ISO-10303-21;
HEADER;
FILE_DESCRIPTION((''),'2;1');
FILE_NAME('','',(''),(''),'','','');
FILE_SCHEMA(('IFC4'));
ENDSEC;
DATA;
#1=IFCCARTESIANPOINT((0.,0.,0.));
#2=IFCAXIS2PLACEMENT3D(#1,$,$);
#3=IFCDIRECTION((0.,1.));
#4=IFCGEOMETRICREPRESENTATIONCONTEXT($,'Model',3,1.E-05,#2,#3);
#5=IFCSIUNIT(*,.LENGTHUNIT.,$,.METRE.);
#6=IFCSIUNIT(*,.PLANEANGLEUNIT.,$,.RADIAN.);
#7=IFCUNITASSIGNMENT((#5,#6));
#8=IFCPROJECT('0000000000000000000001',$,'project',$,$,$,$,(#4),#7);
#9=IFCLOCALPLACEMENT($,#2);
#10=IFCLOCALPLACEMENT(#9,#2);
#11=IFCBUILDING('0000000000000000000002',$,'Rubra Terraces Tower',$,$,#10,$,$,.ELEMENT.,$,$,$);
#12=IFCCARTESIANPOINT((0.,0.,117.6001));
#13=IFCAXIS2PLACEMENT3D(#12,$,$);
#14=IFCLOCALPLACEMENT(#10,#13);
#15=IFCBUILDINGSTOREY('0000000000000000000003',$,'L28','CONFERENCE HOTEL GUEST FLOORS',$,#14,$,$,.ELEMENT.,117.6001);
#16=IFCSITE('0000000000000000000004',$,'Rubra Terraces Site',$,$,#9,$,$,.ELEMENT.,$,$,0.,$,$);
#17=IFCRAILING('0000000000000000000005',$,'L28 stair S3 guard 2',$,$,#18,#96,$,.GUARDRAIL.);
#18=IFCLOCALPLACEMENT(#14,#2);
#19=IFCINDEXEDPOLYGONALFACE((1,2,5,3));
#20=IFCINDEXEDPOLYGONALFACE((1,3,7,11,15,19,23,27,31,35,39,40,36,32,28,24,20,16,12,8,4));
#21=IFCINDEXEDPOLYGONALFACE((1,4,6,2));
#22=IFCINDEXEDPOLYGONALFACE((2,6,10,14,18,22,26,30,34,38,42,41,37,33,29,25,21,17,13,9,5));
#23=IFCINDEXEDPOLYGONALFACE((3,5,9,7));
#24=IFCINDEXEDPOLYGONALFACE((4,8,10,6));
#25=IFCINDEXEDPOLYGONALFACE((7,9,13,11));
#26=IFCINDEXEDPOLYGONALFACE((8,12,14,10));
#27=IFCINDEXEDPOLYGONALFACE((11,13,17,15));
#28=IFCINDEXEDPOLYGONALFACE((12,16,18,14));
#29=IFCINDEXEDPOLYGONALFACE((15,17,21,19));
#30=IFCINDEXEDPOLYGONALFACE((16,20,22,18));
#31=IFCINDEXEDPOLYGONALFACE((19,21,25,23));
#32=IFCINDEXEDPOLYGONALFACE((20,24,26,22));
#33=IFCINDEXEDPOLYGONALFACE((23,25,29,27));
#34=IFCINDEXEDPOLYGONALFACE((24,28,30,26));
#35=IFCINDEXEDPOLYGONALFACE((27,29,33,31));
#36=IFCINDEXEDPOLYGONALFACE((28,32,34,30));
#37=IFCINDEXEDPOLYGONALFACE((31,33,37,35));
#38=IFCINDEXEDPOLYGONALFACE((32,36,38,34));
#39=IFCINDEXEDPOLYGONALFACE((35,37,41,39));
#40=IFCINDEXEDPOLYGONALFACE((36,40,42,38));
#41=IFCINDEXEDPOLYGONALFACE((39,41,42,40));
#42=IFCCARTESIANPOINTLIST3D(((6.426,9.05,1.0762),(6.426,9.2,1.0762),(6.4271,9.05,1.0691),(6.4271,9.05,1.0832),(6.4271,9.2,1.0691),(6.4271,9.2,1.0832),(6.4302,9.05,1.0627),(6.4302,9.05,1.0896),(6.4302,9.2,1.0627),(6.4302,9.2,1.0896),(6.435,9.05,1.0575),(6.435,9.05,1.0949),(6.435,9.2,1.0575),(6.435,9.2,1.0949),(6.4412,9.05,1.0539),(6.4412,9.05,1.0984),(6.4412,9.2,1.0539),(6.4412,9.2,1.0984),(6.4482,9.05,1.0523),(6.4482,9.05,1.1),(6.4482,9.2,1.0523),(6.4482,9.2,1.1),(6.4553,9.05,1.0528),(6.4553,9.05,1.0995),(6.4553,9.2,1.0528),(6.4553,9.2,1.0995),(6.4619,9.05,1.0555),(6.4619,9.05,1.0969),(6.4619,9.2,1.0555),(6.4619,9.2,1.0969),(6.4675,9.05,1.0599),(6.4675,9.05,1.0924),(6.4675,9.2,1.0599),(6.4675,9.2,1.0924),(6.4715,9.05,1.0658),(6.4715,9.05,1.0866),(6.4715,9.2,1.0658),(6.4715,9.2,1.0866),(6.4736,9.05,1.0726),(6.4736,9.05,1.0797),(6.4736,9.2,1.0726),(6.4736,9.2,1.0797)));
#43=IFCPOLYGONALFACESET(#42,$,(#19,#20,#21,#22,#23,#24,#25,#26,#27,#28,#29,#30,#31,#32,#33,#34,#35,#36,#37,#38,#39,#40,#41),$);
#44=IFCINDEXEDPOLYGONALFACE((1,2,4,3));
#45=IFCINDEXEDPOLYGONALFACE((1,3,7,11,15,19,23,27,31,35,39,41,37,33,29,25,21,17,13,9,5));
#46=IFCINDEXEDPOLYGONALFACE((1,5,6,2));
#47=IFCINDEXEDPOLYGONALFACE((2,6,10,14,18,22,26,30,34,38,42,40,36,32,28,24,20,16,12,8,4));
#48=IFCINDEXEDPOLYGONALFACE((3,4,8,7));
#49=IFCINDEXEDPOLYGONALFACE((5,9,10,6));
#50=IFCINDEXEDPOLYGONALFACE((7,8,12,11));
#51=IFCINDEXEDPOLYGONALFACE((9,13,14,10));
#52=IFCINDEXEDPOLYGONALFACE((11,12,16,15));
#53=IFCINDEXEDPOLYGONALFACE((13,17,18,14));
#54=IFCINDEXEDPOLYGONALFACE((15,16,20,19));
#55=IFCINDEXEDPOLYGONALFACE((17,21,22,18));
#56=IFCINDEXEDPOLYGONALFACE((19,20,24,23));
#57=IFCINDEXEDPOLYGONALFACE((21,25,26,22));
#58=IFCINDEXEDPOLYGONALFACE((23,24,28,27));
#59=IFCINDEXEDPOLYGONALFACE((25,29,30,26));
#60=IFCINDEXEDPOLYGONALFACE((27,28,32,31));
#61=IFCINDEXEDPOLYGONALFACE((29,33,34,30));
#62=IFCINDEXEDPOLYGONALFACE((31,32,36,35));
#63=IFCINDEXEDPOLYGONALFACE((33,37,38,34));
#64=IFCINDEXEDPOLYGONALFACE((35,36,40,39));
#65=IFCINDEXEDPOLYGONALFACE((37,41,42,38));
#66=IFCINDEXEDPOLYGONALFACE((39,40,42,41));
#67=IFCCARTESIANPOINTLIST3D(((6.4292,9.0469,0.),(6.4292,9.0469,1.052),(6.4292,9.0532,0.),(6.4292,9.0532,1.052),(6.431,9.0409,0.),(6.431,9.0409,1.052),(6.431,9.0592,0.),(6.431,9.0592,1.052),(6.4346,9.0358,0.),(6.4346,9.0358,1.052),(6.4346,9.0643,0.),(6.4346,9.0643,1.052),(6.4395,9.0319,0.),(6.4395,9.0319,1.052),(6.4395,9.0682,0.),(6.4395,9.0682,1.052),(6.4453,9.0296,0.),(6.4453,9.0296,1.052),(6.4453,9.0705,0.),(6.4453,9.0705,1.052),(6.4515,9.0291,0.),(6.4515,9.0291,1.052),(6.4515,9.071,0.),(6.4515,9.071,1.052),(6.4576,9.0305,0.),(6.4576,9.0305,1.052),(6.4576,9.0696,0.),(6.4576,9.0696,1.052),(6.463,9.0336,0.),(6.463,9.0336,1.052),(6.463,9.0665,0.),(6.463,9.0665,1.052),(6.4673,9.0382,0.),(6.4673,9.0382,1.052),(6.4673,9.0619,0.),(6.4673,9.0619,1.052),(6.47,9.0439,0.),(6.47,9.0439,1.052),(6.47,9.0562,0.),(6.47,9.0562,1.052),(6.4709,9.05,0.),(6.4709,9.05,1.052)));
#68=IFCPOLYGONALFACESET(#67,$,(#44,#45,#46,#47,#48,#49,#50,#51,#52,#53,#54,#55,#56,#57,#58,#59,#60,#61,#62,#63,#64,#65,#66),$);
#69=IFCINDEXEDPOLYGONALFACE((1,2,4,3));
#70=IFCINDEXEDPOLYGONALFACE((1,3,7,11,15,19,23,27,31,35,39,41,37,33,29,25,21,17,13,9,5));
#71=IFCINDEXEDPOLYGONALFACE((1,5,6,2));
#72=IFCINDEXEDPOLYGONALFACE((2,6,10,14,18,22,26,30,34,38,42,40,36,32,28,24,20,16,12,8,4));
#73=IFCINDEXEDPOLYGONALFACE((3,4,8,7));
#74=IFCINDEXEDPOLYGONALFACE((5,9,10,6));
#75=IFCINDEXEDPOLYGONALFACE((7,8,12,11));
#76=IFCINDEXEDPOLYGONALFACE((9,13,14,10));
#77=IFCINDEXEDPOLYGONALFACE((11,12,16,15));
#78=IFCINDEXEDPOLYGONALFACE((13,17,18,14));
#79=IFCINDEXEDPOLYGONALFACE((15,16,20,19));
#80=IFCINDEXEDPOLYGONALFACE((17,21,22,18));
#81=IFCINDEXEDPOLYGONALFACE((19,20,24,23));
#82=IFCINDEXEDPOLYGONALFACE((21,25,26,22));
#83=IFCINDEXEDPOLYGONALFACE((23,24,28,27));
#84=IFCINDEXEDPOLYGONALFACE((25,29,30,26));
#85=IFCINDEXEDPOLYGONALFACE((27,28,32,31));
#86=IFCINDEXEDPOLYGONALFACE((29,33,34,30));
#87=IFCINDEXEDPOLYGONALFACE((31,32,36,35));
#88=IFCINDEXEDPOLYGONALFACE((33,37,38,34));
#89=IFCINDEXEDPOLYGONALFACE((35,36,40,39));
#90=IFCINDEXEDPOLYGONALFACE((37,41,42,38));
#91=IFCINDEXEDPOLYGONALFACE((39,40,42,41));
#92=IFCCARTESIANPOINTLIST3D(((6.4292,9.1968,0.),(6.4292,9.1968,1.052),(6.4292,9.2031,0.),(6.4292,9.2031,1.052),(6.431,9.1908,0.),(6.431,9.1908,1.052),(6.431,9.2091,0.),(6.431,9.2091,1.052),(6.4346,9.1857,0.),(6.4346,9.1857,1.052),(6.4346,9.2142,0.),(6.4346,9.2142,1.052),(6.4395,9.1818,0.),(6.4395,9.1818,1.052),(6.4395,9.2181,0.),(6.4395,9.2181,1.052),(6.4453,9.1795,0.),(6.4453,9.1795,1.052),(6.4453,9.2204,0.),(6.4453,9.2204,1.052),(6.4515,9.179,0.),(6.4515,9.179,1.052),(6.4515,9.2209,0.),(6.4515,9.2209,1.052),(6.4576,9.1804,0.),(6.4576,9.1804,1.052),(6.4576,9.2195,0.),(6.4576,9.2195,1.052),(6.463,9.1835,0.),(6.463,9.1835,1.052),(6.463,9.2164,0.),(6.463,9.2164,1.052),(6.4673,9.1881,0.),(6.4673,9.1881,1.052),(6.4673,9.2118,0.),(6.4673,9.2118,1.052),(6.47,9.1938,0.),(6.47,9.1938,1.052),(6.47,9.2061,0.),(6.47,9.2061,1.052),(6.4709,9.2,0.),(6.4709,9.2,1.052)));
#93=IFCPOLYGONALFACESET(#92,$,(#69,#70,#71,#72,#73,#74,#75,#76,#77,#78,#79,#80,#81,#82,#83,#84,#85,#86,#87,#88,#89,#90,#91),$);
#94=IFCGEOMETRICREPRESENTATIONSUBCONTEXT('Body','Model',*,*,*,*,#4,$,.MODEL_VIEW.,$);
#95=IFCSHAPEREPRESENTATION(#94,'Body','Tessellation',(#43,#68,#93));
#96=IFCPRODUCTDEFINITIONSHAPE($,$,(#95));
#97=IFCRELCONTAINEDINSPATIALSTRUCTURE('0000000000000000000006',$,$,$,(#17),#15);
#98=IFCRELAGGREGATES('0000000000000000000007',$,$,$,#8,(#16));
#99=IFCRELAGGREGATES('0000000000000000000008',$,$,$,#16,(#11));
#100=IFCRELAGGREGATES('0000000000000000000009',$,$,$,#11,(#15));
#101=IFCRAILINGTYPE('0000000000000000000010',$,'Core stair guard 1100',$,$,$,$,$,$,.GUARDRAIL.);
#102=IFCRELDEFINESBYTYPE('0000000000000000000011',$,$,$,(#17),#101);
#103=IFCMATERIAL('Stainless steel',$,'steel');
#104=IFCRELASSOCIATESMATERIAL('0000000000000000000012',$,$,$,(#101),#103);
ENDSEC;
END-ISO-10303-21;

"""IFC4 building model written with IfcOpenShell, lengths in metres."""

from ifc_helpers import new_model, si_unit, direction, frame, origin, origin_2d, place, context, subcontext, project, spatial, circle, extrude, material, type_object, element, save


model = new_model("IFC4")

# Units and contexts
model_context = context("Model", 3, precision=1e-05, world=origin(), true_north=direction((0.0, 1.0)))
body_context = subcontext(model_context, "Body", "Model", "MODEL_VIEW")
ifc_project = project(units=[si_unit("LENGTHUNIT", "METRE"), si_unit("PLANEANGLEUNIT", "RADIAN")], contexts=[model_context])

# Site, building, storey
site_placement = place(None, origin())
site = spatial("IfcSite", under=ifc_project, at=site_placement, Name="Rubra Terraces Site", CompositionType="ELEMENT", RefElevation=0.0)
building_placement = place(site_placement, origin())
building = spatial("IfcBuilding", under=site, at=building_placement, Name="Rubra Terraces Tower", CompositionType="ELEMENT")
storey_placement = place(building_placement, frame((0.0, 0.0, 117.6001)))
storey = spatial("IfcBuildingStorey", under=building, at=storey_placement, Name="L28", Description="CONFERENCE HOTEL GUEST FLOORS", CompositionType="ELEMENT", Elevation=117.6001)

# Shared definitions
ifc_material_1 = material(Name="Stainless steel", Category="steel")

# Railing
railing_type_1 = type_object("IfcRailingType", Name="Core stair guard 1100", PredefinedType="GUARDRAIL", material=ifc_material_1)
railing_1_placement = place(storey_placement, frame((6.45, 9.05, 0.0)))
element("IfcRailing", 1, at=railing_1_placement, inside=storey, type_object=railing_type_1, Name="L28 stair S3 guard 2", PredefinedType="GUARDRAIL", context=body_context, shape_type="SweptSolid", body=[
    extrude(circle(Radius=0.0239, at=origin_2d()), frame((0.0, 0.0, 1.0762), z_axis=(0.0, 1.0, 0.0), x_axis=(-1.0, 0.0, 0.0)), (0.0, 0.0, 1.0), 0.1499),
    extrude(circle(Radius=0.021, at=origin_2d()), origin(), (0.0, 0.0, 1.0), 1.052),
    extrude(circle(Radius=0.021, at=origin_2d()), frame((0.0, 0.1499, 0.0)), (0.0, 0.0, 1.0), 1.052),
])

save(model, "model.ifc")
